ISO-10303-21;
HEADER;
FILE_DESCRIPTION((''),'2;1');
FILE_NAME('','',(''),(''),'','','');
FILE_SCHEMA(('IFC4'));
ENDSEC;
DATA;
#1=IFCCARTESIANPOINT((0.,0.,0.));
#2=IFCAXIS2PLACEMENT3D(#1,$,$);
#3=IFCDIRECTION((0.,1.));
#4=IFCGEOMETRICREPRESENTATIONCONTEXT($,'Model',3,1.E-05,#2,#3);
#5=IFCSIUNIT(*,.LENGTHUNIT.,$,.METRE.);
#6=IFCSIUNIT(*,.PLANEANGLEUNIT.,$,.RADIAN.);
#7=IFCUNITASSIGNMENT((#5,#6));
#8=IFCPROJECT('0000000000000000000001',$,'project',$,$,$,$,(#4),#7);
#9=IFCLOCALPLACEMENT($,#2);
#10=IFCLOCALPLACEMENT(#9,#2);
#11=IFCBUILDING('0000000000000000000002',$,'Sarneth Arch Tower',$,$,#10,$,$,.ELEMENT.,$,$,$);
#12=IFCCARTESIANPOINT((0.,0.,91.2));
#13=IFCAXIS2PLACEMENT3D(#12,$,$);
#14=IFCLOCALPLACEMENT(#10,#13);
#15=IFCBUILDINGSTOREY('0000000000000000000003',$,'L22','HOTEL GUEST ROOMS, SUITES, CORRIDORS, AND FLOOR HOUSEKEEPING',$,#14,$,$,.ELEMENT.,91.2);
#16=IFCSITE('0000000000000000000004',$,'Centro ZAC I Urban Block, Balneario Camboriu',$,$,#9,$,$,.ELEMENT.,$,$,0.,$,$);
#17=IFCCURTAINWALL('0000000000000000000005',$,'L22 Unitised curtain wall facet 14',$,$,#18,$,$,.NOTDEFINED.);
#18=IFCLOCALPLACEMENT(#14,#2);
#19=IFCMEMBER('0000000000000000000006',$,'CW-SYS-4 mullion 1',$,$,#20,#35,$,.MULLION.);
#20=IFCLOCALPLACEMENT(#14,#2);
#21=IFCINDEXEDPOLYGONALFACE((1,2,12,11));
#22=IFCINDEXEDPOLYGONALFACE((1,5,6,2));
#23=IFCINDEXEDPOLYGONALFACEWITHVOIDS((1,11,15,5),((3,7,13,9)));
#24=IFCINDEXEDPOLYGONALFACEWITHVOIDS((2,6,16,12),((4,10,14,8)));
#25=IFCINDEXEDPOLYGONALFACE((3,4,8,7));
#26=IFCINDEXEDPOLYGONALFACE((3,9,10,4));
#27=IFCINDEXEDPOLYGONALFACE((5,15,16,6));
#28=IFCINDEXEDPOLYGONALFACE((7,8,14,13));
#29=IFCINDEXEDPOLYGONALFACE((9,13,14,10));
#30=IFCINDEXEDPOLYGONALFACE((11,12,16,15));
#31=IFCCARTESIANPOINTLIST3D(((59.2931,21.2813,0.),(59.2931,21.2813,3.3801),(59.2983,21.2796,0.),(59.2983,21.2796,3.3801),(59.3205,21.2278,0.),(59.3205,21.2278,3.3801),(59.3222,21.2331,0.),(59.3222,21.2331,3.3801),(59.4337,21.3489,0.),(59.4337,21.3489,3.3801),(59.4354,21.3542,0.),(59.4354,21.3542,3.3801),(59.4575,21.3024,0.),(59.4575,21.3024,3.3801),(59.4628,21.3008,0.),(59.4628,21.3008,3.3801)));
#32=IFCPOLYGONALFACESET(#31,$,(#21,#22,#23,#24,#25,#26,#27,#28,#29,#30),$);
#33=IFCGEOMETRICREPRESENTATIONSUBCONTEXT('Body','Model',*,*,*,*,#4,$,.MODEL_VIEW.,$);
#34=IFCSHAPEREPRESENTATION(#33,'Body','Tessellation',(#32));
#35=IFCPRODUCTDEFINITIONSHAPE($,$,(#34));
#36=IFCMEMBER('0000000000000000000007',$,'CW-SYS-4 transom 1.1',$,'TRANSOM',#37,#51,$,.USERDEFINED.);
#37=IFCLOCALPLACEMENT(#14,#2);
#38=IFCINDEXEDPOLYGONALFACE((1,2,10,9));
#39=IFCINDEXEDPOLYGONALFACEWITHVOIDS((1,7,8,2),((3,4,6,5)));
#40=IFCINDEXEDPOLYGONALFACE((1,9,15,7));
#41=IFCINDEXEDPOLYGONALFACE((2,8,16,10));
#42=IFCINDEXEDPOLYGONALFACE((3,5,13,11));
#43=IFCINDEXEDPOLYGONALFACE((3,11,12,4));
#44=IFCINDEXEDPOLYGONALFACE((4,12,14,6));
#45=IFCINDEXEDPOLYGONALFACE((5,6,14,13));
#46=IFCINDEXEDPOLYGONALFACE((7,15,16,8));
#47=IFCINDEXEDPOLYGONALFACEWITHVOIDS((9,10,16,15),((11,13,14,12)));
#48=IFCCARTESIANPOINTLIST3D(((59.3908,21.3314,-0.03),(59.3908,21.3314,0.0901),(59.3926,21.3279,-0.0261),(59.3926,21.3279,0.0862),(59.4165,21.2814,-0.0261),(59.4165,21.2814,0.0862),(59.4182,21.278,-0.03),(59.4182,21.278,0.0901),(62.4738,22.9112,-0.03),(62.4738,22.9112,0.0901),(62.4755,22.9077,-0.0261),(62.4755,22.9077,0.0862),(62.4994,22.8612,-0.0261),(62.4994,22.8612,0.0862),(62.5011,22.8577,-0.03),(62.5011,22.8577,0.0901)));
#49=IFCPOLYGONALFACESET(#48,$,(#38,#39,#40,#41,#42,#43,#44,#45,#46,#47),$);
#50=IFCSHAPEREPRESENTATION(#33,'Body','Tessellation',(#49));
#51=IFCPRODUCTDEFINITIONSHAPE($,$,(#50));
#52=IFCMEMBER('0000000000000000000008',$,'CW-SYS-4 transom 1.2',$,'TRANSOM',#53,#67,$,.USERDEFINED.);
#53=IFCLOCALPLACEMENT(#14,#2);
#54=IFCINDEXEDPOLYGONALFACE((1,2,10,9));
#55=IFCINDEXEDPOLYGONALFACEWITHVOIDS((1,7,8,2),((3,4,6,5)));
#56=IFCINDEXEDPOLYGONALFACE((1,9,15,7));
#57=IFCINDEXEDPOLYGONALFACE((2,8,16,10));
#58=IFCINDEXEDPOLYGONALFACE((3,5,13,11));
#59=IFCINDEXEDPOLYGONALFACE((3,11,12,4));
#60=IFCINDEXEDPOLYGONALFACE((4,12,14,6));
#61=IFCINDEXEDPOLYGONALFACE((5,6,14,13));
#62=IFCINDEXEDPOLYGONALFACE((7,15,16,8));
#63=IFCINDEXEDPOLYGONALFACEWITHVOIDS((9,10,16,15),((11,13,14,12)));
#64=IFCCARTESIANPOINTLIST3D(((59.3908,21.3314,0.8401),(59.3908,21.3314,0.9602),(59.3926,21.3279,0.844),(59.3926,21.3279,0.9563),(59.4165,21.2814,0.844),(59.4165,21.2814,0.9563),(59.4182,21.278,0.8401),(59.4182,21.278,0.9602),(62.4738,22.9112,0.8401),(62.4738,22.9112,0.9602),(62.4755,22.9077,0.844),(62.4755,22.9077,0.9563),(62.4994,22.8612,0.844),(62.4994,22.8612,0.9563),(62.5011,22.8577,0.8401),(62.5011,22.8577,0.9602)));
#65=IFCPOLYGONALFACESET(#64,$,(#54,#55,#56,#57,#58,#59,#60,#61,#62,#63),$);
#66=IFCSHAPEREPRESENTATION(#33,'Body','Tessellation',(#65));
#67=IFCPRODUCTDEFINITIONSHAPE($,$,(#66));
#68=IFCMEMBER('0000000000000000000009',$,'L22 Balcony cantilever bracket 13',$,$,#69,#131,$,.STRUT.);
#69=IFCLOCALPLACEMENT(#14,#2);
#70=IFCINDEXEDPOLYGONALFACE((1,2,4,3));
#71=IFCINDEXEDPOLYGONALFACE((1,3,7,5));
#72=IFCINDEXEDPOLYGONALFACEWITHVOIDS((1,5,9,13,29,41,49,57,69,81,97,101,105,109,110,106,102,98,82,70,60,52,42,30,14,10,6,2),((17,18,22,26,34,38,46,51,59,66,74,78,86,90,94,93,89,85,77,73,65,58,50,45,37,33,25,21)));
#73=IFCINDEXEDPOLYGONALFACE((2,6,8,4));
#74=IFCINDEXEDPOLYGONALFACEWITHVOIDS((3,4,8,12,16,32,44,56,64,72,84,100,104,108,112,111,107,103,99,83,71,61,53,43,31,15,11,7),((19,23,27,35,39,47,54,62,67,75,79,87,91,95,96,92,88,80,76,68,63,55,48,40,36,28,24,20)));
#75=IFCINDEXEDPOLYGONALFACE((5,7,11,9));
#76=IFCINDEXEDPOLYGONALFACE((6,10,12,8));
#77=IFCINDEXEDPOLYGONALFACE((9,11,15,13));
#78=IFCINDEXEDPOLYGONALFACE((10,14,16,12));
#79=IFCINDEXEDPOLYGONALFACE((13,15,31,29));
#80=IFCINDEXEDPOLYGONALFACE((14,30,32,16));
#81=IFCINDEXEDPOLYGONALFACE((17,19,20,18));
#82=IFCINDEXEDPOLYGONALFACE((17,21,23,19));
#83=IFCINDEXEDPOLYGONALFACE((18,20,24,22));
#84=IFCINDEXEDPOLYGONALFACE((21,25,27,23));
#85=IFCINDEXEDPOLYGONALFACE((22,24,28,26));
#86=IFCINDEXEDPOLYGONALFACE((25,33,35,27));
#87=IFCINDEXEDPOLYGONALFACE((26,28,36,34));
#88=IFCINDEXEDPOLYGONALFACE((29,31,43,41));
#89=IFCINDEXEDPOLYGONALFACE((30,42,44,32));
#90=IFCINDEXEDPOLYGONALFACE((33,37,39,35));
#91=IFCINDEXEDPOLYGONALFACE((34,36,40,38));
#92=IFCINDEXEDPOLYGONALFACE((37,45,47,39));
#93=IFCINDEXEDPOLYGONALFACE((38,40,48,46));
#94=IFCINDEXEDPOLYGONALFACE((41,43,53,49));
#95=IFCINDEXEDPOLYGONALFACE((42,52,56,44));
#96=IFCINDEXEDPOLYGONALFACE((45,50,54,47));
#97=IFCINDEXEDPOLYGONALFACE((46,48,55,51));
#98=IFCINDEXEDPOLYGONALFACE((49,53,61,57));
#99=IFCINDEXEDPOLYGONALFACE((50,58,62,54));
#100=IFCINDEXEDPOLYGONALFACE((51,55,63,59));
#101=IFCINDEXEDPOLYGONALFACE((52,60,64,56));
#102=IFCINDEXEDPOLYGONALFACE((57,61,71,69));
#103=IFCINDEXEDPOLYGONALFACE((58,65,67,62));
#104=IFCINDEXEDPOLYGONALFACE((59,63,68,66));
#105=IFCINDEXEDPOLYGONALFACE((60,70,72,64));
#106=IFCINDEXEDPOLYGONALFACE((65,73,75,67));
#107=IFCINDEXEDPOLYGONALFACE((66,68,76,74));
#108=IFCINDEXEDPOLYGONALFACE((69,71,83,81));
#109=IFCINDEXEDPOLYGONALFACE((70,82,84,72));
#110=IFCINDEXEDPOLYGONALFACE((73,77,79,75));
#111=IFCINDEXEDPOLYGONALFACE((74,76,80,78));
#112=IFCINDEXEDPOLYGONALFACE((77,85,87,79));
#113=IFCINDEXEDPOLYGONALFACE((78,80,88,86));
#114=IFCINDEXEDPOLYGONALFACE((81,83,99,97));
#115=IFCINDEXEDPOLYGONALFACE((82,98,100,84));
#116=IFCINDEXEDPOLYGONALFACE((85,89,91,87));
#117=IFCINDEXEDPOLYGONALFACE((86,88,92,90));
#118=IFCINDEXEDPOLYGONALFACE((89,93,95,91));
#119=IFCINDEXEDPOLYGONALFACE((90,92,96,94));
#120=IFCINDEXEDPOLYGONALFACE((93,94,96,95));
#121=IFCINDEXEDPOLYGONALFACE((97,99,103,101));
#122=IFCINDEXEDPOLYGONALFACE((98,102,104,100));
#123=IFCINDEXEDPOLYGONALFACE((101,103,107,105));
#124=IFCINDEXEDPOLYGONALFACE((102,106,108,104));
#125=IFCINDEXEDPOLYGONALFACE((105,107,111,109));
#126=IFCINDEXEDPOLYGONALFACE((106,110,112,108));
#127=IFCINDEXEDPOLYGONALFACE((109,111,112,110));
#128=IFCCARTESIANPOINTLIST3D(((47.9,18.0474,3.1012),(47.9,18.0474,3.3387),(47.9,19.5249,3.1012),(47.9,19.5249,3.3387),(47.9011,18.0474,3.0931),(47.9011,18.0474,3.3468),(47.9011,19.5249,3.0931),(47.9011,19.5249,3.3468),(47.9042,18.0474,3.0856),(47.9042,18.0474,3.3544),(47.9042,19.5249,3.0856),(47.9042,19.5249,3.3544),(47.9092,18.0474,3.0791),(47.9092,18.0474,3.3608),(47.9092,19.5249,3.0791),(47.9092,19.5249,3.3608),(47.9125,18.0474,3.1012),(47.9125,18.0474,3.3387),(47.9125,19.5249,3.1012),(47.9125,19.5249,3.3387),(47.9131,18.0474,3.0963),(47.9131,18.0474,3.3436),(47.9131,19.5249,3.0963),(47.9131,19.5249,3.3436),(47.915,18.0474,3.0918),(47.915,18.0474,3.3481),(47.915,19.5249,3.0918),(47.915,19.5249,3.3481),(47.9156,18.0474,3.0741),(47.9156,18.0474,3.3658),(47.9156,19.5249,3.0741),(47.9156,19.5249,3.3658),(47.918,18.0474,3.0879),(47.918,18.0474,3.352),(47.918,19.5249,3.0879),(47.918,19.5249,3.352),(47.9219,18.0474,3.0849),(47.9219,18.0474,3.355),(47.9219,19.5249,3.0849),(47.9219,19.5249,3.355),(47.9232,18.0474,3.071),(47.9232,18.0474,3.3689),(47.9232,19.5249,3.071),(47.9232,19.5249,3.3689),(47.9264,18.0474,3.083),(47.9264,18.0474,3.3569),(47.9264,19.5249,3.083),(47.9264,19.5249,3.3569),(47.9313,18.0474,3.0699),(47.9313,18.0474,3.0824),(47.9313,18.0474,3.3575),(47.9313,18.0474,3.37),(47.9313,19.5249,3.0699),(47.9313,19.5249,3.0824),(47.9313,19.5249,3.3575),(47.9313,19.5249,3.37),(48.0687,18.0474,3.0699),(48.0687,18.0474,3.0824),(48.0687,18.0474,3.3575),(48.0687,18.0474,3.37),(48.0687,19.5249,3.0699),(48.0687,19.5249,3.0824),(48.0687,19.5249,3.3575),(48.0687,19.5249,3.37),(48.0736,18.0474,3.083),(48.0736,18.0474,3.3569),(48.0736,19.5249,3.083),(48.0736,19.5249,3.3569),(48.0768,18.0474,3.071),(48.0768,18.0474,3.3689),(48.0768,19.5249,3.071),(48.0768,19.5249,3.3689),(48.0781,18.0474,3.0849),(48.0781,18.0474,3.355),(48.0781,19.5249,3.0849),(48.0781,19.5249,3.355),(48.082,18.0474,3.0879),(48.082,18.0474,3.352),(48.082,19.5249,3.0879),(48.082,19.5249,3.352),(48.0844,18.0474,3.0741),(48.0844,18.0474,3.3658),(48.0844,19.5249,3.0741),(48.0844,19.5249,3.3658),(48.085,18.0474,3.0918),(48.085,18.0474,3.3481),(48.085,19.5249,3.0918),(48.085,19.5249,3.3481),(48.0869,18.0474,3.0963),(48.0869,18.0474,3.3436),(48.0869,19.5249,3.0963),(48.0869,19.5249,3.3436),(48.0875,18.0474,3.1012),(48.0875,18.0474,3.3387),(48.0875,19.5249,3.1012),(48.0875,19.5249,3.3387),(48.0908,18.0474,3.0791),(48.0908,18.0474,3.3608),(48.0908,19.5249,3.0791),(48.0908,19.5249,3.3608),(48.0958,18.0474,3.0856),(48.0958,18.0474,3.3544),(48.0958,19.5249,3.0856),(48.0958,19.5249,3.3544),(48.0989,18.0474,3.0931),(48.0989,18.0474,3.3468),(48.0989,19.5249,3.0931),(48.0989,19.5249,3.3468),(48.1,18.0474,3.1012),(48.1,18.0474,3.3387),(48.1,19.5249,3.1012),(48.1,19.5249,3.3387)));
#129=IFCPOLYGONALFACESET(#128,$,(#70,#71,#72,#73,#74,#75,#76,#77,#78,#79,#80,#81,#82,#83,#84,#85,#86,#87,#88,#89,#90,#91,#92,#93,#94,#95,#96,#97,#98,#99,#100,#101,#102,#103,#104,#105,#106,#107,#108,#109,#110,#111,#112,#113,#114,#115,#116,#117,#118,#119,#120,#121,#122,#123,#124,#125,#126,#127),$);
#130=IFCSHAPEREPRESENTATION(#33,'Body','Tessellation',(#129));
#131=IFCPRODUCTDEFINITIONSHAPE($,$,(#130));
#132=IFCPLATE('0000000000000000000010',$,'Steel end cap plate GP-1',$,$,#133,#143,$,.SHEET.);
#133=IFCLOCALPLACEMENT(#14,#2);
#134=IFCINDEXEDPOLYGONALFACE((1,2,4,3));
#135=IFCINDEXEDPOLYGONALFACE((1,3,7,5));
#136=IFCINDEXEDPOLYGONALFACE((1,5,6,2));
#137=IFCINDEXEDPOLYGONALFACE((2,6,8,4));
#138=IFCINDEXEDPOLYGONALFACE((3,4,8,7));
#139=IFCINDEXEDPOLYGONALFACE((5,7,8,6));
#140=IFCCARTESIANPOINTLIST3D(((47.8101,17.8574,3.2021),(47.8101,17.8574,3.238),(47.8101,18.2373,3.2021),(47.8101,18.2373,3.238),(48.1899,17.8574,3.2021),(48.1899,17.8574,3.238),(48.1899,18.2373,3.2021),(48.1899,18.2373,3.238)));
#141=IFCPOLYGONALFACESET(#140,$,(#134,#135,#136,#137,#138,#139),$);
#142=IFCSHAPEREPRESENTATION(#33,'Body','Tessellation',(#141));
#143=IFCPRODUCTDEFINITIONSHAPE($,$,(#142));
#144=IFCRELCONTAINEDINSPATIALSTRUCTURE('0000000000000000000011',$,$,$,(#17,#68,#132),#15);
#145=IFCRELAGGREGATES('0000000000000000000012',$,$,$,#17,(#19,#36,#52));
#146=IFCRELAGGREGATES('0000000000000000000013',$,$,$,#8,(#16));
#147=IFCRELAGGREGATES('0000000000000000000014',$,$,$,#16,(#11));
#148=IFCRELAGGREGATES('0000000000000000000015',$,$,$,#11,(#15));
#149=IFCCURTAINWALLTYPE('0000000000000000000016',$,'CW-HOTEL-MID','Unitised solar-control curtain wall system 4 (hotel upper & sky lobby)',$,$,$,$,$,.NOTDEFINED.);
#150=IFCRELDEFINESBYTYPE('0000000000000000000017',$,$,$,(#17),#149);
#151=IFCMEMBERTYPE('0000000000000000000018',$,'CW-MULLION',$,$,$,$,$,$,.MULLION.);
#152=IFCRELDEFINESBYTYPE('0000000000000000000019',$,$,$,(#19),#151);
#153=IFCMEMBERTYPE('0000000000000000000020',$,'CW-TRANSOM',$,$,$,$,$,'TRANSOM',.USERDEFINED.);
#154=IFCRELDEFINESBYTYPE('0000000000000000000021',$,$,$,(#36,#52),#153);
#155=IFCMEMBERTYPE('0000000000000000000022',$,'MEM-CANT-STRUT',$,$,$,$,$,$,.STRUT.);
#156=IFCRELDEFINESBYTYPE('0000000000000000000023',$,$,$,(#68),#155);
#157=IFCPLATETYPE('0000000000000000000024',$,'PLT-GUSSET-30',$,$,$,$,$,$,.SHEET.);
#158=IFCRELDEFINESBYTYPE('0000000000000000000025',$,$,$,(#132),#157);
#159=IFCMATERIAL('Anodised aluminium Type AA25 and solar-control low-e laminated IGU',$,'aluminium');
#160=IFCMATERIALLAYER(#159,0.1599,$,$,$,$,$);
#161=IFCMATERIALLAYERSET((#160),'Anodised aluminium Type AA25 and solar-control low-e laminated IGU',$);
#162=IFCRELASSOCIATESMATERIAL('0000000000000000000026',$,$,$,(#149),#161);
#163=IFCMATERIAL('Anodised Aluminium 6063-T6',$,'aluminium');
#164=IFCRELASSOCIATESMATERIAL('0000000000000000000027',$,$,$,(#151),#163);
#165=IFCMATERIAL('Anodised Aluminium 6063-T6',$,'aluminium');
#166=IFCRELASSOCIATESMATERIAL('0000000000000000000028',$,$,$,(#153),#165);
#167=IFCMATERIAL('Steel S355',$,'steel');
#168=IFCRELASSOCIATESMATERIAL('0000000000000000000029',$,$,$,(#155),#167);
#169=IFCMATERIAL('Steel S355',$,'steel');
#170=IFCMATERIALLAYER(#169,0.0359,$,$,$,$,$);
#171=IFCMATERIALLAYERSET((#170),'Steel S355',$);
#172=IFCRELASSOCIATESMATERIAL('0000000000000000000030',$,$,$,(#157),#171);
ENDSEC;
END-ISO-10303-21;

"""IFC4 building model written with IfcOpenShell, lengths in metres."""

from ifc_helpers import new_model, si_unit, direction, frame, origin, origin_2d, place, context, subcontext, project, spatial, rectangle, hollow_rectangle, extrude, material, layer, layer_set, material_profile, profile_set, type_object, element, aggregate, save


model = new_model("IFC4")

# Units and contexts
model_context = context("Model", 3, precision=1e-05, world=origin(), true_north=direction((0.0, 1.0)))
body_context = subcontext(model_context, "Body", "Model", "MODEL_VIEW")
ifc_project = project(units=[si_unit("LENGTHUNIT", "METRE"), si_unit("PLANEANGLEUNIT", "RADIAN")], contexts=[model_context])

# Site, building, storey
site_placement = place(None, origin())
site = spatial("IfcSite", under=ifc_project, at=site_placement, Name="Centro ZAC I Urban Block, Balneario Camboriu", CompositionType="ELEMENT", RefElevation=0.0)
building_placement = place(site_placement, origin())
building = spatial("IfcBuilding", under=site, at=building_placement, Name="Sarneth Arch Tower", CompositionType="ELEMENT")
storey_placement = place(building_placement, frame((0.0, 0.0, 91.2)))
storey = spatial("IfcBuildingStorey", under=building, at=storey_placement, Name="L22", Description="HOTEL GUEST ROOMS, SUITES, CORRIDORS, AND FLOOR HOUSEKEEPING", CompositionType="ELEMENT", Elevation=91.2)

# Curtain wall, members
ifc_material_1 = material(Name="Anodised aluminium Type AA25 and solar-control low-e laminated IGU", Category="aluminium")
ifc_layer_1 = layer(ifc_material_1, 0.1599)
ifc_layer_set_1 = layer_set([ifc_layer_1], Name="Anodised aluminium Type AA25 and solar-control low-e laminated IGU")
curtain_wall_type = type_object("IfcCurtainWallType", Name="CW-HOTEL-MID", Description="Unitised solar-control curtain wall system 4 (hotel upper & sky lobby)", PredefinedType="NOTDEFINED", material=ifc_layer_set_1)
curtain_wall_placement = place(storey_placement, origin())
curtain_wall = element("IfcCurtainWall", 1, at=curtain_wall_placement, inside=storey, type_object=curtain_wall_type, Name="L22 Unitised curtain wall facet 14", PredefinedType="NOTDEFINED")
ifc_material_2 = material(Name="Anodised Aluminium 6063-T6", Category="aluminium")
ifc_material_profile_1 = material_profile(ifc_material_2, hollow_rectangle(XDim=0.0601, YDim=0.1599, WallThickness=0.0039, at=origin_2d()), Name="AL-MULL-160x60x4")
ifc_profile_set_1 = profile_set([ifc_material_profile_1], Name="Anodised Aluminium 6063-T6")
member_type_1 = type_object("IfcMemberType", Name="CW-MULLION", PredefinedType="MULLION", material=ifc_profile_set_1)
member_1_placement = place(storey_placement, frame((59.3779, 21.291, 0.0), z_axis=(0.0, 0.0, 1.0), x_axis=(-0.456031, 0.889964, 0.0)))
member_1 = element("IfcMember", 2, at=member_1_placement, type_object=member_type_1, Name="CW-SYS-4 mullion 1", PredefinedType="MULLION", context=body_context, shape_type="SweptSolid", body=[
    extrude(hollow_rectangle(XDim=0.0601, YDim=0.1599, WallThickness=0.0039, at=origin_2d()), origin(), (0.0, 0.0, 1.0), 3.3801),
])
ifc_material_3 = material(Name="Anodised Aluminium 6063-T6", Category="aluminium")
ifc_material_profile_2 = material_profile(ifc_material_3, hollow_rectangle(XDim=0.0601, YDim=0.1201, WallThickness=0.0039, at=origin_2d()), Name="AL-TRAN-120x60x4")
ifc_profile_set_2 = profile_set([ifc_material_profile_2], Name="Anodised Aluminium 6063-T6")
member_type_2 = type_object("IfcMemberType", Name="CW-TRANSOM", ElementType="TRANSOM", PredefinedType="USERDEFINED", material=ifc_profile_set_2)
member_2_placement = place(storey_placement, frame((59.4045, 21.3047, 0.03), z_axis=(0.889958, 0.456043, 0.0), x_axis=(-0.456043, 0.889958, 0.0)))
member_2 = element("IfcMember", 3, at=member_2_placement, type_object=member_type_2, Name="CW-SYS-4 transom 1.1", ObjectType="TRANSOM", PredefinedType="USERDEFINED", context=body_context, shape_type="SweptSolid", body=[
    extrude(hollow_rectangle(XDim=0.0601, YDim=0.1201, WallThickness=0.0039, at=origin_2d()), origin(), (0.0, 0.0, 1.0), 3.4641),
])
member_3_placement = place(storey_placement, frame((59.4045, 21.3047, 0.9001), z_axis=(0.889958, 0.456043, 0.0), x_axis=(-0.456043, 0.889958, 0.0)))
member_3 = element("IfcMember", 4, at=member_3_placement, type_object=member_type_2, Name="CW-SYS-4 transom 1.2", ObjectType="TRANSOM", PredefinedType="USERDEFINED", context=body_context, shape_type="SweptSolid", body=[
    extrude(hollow_rectangle(XDim=0.0601, YDim=0.1201, WallThickness=0.0039, at=origin_2d()), origin(), (0.0, 0.0, 1.0), 3.4641),
])
aggregate(curtain_wall, [member_1, member_2, member_3])

# Member
ifc_material_4 = material(Name="Steel S355", Category="steel")
ifc_material_profile_3 = material_profile(ifc_material_4, hollow_rectangle(XDim=0.2, YDim=0.3, WallThickness=0.0125, InnerFilletRadius=0.0188, OuterFilletRadius=0.0312, at=origin_2d()), Name="RHS300x200x12.5")
ifc_profile_set_3 = profile_set([ifc_material_profile_3], Name="Steel S355")
member_type_3 = type_object("IfcMemberType", Name="MEM-CANT-STRUT", PredefinedType="STRUT", material=ifc_profile_set_3)
member_4_placement = place(storey_placement, frame((48.0, 19.5249, 3.22), z_axis=(0.0, -1.0, 0.0), x_axis=(1.0, 0.0, 0.0)))
element("IfcMember", 5, at=member_4_placement, inside=storey, type_object=member_type_3, Name="L22 Balcony cantilever bracket 13", PredefinedType="STRUT", context=body_context, shape_type="SweptSolid", body=[
    extrude(hollow_rectangle(XDim=0.2, YDim=0.3, WallThickness=0.0125, InnerFilletRadius=0.0188, OuterFilletRadius=0.0312, at=origin_2d()), origin(), (0.0, 0.0, 1.0), 1.4775),
])

# Plate
ifc_material_5 = material(Name="Steel S355", Category="steel")
ifc_layer_2 = layer(ifc_material_5, 0.0359)
ifc_layer_set_2 = layer_set([ifc_layer_2], Name="Steel S355")
plate_type = type_object("IfcPlateType", Name="PLT-GUSSET-30", PredefinedType="SHEET", material=ifc_layer_set_2)
plate_placement = place(storey_placement, frame((48.0, 18.0474, 3.2021), z_axis=(0.0, 0.0, 1.0), x_axis=(0.0, -1.0, 0.0)))
element("IfcPlate", 6, at=plate_placement, inside=storey, type_object=plate_type, Name="Steel end cap plate GP-1", PredefinedType="SHEET", context=body_context, shape_type="SweptSolid", body=[
    extrude(rectangle(XDim=0.3799, YDim=0.3799, at=origin_2d()), origin(), (0.0, 0.0, 1.0), 0.0359),
])

save(model, "model.ifc")
